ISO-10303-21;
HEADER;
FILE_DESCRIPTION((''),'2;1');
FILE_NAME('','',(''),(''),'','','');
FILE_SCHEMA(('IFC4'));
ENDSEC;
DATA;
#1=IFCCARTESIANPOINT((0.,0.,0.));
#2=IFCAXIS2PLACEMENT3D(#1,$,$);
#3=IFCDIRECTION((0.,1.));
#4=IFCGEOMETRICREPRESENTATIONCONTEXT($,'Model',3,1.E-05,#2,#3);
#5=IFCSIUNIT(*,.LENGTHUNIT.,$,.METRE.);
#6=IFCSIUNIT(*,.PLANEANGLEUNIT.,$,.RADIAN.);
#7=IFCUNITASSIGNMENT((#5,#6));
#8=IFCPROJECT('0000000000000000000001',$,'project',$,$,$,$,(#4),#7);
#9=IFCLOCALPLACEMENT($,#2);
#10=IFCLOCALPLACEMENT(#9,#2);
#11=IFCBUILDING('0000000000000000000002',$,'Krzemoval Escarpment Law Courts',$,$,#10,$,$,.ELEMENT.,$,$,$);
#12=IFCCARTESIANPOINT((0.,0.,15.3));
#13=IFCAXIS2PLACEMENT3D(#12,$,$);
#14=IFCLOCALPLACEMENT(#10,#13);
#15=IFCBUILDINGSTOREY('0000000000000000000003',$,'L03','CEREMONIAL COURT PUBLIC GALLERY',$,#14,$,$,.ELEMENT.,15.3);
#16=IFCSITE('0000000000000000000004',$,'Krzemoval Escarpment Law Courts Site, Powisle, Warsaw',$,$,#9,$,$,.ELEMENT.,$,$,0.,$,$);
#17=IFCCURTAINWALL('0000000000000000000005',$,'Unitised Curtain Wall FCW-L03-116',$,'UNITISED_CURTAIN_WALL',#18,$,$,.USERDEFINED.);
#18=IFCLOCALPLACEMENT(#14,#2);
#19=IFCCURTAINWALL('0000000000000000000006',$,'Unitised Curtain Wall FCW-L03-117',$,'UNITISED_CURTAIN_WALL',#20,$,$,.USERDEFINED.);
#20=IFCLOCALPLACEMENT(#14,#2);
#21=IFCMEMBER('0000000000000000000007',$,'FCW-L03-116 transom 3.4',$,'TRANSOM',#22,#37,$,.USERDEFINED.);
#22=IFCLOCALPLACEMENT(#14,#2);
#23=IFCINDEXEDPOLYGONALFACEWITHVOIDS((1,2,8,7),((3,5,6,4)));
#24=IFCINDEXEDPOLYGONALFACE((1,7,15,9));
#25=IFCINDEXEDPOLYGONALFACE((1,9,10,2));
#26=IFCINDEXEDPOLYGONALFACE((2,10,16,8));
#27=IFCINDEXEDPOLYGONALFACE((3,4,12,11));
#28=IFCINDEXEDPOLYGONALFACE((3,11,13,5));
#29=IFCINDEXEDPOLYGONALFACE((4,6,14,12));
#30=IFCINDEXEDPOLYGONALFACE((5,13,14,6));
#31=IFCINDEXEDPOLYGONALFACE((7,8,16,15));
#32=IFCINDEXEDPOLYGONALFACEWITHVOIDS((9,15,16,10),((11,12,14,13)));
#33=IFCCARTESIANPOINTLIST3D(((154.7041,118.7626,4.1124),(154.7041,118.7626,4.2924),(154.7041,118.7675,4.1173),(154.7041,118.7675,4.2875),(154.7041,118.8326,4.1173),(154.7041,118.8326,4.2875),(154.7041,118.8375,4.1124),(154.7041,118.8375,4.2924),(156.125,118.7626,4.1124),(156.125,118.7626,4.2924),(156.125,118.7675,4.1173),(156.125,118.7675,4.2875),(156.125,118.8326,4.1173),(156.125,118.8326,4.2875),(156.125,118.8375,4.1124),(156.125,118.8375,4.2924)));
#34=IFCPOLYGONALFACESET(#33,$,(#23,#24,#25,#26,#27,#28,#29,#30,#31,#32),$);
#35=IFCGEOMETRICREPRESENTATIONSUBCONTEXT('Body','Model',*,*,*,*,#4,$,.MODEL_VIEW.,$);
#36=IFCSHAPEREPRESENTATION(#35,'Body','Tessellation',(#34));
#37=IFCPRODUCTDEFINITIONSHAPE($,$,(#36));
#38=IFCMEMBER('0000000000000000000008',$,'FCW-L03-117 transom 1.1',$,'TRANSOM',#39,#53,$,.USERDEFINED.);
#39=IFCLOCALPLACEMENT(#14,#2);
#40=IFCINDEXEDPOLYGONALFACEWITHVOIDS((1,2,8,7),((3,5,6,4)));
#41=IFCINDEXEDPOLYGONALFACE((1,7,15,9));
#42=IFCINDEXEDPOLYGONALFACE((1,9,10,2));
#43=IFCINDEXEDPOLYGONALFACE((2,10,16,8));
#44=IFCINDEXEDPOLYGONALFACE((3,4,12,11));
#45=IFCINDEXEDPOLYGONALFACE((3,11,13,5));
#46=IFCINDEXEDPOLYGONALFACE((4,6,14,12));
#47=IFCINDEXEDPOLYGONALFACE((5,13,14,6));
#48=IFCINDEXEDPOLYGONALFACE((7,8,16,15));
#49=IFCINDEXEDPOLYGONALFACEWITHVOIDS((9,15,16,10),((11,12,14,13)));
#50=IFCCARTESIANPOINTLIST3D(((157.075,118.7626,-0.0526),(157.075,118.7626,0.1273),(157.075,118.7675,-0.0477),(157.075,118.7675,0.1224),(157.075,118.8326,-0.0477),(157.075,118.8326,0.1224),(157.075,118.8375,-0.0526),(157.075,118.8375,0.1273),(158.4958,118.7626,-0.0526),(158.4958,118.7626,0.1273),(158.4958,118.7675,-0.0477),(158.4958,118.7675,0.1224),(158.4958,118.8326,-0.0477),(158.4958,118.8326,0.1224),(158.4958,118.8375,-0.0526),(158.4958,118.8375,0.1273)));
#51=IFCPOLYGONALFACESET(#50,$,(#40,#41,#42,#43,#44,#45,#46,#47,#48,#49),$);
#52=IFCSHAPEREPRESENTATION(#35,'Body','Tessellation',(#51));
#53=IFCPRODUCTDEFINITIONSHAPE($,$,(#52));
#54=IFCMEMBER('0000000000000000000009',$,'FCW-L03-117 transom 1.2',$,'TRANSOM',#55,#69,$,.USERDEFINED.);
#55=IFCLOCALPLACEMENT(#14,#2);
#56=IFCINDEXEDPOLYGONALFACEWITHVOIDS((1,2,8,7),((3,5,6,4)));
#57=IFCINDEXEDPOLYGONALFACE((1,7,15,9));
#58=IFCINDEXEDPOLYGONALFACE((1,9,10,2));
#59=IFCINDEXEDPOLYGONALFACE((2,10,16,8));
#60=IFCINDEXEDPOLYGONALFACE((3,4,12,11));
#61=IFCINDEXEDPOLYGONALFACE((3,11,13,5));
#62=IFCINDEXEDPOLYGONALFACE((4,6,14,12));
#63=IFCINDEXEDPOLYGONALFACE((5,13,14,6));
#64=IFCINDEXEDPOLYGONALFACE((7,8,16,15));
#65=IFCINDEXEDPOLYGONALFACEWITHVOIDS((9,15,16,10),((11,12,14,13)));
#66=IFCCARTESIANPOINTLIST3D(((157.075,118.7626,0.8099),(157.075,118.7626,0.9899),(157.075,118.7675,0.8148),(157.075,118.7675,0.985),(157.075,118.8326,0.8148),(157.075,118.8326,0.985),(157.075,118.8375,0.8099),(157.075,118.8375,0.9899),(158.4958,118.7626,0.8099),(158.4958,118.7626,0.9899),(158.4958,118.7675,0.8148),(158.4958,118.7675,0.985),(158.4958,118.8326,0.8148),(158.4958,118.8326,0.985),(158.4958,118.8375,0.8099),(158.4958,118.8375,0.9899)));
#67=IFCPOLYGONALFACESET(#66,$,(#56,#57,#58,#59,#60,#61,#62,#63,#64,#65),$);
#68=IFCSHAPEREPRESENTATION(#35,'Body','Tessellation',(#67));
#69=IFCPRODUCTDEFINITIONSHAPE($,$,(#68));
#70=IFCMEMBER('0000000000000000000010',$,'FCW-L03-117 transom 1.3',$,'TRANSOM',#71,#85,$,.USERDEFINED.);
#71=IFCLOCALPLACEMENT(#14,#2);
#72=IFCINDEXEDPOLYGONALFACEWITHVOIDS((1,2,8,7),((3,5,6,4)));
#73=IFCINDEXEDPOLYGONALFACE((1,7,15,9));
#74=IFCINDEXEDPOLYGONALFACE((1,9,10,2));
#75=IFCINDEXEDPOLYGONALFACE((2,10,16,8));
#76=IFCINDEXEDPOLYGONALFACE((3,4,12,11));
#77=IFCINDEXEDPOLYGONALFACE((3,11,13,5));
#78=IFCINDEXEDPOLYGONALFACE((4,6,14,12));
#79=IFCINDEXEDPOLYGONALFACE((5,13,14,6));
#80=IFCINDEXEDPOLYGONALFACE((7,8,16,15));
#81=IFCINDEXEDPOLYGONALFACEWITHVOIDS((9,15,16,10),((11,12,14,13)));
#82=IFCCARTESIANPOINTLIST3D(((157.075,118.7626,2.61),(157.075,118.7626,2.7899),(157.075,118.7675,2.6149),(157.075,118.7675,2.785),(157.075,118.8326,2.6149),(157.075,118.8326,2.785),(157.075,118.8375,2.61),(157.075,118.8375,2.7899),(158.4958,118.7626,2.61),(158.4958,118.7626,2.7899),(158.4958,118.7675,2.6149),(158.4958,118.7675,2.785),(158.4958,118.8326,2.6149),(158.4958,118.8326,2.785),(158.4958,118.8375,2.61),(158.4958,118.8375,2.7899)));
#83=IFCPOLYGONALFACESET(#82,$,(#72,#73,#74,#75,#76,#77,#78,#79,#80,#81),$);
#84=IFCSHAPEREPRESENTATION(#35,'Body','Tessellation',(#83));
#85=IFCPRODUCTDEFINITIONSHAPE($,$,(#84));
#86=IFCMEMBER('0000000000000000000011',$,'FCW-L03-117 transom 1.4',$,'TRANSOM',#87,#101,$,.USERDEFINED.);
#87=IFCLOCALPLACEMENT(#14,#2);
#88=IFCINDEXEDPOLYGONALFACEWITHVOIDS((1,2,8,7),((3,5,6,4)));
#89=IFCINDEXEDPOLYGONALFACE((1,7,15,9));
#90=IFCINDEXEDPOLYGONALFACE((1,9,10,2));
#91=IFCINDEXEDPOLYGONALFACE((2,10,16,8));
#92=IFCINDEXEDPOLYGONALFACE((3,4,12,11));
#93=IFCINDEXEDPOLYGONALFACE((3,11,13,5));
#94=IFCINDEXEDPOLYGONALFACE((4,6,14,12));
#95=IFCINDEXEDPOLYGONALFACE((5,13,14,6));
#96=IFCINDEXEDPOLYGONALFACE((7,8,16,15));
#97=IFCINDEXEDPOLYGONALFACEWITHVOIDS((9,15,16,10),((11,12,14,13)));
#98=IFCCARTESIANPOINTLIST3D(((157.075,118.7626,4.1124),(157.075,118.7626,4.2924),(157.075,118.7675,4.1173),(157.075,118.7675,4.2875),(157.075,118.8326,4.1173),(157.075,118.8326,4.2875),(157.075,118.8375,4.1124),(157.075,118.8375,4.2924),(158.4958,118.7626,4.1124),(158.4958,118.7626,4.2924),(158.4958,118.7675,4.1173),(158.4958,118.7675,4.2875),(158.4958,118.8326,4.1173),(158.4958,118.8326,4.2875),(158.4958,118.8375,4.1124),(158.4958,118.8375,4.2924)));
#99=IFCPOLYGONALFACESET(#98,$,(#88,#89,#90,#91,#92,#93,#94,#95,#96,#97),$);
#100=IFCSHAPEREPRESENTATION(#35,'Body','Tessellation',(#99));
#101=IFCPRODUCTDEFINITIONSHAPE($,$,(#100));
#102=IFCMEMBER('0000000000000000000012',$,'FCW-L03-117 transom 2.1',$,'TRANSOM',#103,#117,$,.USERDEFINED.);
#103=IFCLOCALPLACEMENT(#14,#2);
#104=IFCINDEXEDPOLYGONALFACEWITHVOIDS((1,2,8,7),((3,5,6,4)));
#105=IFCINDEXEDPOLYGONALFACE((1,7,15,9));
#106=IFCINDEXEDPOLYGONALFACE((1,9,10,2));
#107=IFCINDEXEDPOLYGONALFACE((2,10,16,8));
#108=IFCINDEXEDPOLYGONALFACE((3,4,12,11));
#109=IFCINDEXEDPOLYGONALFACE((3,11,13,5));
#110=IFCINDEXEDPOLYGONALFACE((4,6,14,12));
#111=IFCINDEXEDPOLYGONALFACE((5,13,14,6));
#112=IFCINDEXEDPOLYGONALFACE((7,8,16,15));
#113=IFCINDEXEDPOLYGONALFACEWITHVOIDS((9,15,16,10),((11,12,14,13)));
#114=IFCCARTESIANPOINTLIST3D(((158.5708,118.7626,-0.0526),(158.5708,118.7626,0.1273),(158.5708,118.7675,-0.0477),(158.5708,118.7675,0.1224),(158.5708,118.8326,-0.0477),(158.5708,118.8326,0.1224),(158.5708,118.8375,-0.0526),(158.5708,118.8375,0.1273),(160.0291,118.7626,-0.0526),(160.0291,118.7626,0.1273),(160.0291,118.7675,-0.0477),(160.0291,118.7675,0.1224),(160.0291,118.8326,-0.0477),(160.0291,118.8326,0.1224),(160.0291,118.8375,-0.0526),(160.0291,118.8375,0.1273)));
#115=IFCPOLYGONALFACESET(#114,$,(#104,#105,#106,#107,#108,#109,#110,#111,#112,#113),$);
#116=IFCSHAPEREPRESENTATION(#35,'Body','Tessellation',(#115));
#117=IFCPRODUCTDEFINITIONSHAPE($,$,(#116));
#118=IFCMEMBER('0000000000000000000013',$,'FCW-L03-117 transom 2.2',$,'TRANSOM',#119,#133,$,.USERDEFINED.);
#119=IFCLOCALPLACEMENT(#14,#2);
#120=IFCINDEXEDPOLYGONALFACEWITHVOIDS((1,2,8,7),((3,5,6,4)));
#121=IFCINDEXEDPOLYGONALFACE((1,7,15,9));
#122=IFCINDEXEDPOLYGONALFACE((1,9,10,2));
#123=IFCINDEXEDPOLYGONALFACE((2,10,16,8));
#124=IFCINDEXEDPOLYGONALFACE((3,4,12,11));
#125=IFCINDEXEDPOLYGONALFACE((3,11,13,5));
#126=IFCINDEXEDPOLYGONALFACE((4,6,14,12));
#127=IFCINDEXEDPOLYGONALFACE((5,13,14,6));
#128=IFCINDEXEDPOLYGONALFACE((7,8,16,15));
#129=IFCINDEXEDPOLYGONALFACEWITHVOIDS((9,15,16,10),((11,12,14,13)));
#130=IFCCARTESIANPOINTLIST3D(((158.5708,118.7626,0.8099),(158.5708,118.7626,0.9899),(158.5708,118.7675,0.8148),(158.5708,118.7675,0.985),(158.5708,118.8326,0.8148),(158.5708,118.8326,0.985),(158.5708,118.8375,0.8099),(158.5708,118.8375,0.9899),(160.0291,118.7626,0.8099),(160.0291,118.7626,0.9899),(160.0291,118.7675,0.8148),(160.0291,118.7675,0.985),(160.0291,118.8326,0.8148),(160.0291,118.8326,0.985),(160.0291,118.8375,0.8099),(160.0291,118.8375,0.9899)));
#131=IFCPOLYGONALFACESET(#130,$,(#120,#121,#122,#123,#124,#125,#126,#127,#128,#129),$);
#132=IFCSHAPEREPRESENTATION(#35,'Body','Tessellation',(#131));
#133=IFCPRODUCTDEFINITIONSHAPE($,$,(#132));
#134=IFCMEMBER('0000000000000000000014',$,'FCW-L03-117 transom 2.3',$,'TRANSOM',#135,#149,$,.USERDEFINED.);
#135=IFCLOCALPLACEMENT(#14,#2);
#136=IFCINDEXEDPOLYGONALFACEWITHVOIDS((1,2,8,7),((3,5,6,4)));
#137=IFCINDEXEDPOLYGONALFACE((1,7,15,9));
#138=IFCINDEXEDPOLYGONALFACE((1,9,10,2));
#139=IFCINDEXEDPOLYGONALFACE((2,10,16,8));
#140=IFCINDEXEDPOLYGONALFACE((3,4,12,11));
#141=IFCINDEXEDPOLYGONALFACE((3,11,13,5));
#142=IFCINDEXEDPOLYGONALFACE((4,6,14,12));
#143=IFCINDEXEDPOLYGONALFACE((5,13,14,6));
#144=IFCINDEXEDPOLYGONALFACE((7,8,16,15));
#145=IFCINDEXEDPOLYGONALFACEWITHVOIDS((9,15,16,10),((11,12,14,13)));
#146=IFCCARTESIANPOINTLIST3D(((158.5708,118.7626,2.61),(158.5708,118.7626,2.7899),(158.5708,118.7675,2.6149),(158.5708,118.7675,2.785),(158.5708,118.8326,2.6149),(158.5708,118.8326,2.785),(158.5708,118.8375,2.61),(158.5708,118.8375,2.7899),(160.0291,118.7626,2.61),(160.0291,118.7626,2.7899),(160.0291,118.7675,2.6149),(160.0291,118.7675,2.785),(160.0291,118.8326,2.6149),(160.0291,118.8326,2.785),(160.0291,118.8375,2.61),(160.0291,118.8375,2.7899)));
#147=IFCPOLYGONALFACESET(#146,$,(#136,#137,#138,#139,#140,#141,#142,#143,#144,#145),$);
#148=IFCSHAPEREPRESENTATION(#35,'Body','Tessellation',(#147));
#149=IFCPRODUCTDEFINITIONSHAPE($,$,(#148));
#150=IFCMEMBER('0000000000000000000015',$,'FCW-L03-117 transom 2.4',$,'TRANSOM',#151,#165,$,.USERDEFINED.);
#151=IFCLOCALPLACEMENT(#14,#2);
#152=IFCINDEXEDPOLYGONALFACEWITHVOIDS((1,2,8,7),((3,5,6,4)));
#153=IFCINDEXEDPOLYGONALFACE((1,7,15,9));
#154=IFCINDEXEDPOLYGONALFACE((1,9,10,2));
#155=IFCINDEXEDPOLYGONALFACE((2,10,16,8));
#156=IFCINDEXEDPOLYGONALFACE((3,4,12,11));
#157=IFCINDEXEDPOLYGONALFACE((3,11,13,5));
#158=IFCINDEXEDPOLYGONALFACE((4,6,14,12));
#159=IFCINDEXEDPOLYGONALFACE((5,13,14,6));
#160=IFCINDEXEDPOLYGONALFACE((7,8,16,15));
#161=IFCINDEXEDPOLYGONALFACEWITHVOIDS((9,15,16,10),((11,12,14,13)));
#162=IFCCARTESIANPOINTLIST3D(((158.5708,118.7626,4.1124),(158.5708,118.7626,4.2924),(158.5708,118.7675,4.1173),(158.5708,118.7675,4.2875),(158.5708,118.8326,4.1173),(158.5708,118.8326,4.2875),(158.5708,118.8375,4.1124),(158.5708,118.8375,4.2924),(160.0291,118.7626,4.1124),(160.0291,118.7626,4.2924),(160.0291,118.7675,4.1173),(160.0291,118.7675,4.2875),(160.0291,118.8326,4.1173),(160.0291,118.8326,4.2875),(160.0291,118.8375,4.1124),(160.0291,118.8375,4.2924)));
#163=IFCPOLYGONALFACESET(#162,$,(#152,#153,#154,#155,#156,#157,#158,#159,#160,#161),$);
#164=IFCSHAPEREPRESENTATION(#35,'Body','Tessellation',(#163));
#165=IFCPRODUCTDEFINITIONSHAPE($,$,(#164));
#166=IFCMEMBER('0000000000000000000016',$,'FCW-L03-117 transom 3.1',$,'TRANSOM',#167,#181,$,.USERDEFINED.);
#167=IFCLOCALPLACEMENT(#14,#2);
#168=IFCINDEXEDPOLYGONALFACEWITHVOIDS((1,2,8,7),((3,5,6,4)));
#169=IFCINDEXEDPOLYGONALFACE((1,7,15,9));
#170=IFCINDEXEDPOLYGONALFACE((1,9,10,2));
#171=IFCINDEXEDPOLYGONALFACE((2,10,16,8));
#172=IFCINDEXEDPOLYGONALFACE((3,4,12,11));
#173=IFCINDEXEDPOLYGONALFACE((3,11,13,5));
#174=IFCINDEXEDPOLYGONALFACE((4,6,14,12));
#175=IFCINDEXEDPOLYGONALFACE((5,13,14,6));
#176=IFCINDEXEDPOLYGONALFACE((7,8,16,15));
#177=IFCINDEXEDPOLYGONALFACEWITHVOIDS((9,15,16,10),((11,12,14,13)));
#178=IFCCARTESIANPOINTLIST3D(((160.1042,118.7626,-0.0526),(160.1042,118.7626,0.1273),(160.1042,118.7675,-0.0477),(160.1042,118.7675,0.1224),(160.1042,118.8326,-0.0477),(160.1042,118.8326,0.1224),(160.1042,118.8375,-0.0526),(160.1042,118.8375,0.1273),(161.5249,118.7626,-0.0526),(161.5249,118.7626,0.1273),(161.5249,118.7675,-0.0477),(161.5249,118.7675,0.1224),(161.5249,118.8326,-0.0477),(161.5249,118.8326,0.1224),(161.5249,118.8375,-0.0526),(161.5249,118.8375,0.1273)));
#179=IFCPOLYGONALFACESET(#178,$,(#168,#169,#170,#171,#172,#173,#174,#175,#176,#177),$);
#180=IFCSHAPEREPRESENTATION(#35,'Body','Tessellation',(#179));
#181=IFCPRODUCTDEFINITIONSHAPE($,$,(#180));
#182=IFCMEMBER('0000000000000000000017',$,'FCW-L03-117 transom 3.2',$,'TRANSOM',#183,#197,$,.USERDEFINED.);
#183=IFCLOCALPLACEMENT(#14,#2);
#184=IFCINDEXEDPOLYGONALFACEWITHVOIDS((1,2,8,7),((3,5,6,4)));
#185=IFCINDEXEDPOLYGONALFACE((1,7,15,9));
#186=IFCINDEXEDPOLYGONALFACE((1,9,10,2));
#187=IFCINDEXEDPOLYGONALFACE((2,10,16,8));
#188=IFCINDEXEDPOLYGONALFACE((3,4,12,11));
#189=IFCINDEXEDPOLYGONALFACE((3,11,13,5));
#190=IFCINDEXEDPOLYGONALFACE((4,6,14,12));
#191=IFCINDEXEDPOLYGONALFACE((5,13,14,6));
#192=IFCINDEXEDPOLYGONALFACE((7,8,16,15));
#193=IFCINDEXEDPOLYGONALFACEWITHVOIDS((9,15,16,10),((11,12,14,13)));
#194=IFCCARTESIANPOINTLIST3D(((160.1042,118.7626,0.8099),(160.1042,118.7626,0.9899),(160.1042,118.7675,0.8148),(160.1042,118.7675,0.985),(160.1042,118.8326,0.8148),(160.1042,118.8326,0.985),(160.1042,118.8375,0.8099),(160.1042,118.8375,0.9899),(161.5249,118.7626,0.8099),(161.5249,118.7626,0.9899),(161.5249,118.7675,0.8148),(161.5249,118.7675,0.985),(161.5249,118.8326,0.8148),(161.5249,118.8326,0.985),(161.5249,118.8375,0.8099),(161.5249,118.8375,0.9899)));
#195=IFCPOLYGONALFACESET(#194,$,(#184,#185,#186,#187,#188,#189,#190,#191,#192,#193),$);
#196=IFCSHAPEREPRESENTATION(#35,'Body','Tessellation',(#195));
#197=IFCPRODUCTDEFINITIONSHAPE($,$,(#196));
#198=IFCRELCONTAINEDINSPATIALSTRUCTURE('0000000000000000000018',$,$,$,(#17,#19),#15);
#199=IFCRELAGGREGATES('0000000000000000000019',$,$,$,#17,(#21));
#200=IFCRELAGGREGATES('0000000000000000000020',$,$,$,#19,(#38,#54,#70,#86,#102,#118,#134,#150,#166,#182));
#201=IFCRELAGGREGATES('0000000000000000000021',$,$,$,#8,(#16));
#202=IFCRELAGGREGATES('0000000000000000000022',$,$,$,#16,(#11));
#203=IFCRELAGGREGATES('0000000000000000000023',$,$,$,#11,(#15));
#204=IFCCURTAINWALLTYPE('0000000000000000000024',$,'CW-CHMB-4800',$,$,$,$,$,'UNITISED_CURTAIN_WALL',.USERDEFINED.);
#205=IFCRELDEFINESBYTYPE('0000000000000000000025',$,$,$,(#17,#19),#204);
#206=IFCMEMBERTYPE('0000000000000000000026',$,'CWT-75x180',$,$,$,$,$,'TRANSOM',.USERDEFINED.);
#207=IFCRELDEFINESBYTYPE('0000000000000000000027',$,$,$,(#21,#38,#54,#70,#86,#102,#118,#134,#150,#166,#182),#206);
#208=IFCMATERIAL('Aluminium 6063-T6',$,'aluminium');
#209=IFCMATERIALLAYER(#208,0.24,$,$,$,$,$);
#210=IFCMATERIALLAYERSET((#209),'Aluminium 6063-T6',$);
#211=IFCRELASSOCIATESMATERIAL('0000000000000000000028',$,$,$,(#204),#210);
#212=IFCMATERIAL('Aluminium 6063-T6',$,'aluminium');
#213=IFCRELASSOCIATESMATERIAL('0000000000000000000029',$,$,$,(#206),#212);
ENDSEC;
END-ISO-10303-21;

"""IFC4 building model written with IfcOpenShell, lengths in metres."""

from ifc_helpers import new_model, si_unit, direction, frame, origin, origin_2d, place, context, subcontext, project, spatial, hollow_rectangle, extrude, material, layer, layer_set, material_profile, profile_set, type_object, element, aggregate, save


model = new_model("IFC4")

# Units and contexts
model_context = context("Model", 3, precision=1e-05, world=origin(), true_north=direction((0.0, 1.0)))
body_context = subcontext(model_context, "Body", "Model", "MODEL_VIEW")
ifc_project = project(units=[si_unit("LENGTHUNIT", "METRE"), si_unit("PLANEANGLEUNIT", "RADIAN")], contexts=[model_context])

# Site, building, storey
site_placement = place(None, origin())
site = spatial("IfcSite", under=ifc_project, at=site_placement, Name="Krzemoval Escarpment Law Courts Site, Powisle, Warsaw", CompositionType="ELEMENT", RefElevation=0.0)
building_placement = place(site_placement, origin())
building = spatial("IfcBuilding", under=site, at=building_placement, Name="Krzemoval Escarpment Law Courts", CompositionType="ELEMENT")
storey_placement = place(building_placement, frame((0.0, 0.0, 15.3)))
storey = spatial("IfcBuildingStorey", under=building, at=storey_placement, Name="L03", Description="CEREMONIAL COURT PUBLIC GALLERY", CompositionType="ELEMENT", Elevation=15.3)

# Curtain walls
ifc_material_1 = material(Name="Aluminium 6063-T6", Category="aluminium")
ifc_layer_1 = layer(ifc_material_1, 0.24)
ifc_layer_set_1 = layer_set([ifc_layer_1], Name="Aluminium 6063-T6")
curtain_wall_type = type_object("IfcCurtainWallType", Name="CW-CHMB-4800", ElementType="UNITISED_CURTAIN_WALL", PredefinedType="USERDEFINED", material=ifc_layer_set_1)
curtain_wall_1_placement = place(storey_placement, origin())
curtain_wall_1 = element("IfcCurtainWall", 1, at=curtain_wall_1_placement, inside=storey, type_object=curtain_wall_type, Name="Unitised Curtain Wall FCW-L03-116", ObjectType="UNITISED_CURTAIN_WALL", PredefinedType="USERDEFINED")
curtain_wall_2_placement = place(storey_placement, origin())
curtain_wall_2 = element("IfcCurtainWall", 2, at=curtain_wall_2_placement, inside=storey, type_object=curtain_wall_type, Name="Unitised Curtain Wall FCW-L03-117", ObjectType="UNITISED_CURTAIN_WALL", PredefinedType="USERDEFINED")

# Members
ifc_material_2 = material(Name="Aluminium 6063-T6", Category="aluminium")
ifc_material_profile_1 = material_profile(ifc_material_2, hollow_rectangle(XDim=0.075, YDim=0.1799, WallThickness=0.0049, at=origin_2d()), Name="ALU T75x180")
ifc_profile_set_1 = profile_set([ifc_material_profile_1], Name="Aluminium 6063-T6")
member_type_1 = type_object("IfcMemberType", Name="CWT-75x180", ElementType="TRANSOM", PredefinedType="USERDEFINED", material=ifc_profile_set_1)
member_1_placement = place(storey_placement, frame((154.7041, 118.8, 4.2024), z_axis=(1.0, 0.0, 0.0), x_axis=(0.0, 1.0, 0.0)))
member_1 = element("IfcMember", 3, at=member_1_placement, type_object=member_type_1, Name="FCW-L03-116 transom 3.4", ObjectType="TRANSOM", PredefinedType="USERDEFINED", context=body_context, shape_type="SweptSolid", body=[
    extrude(hollow_rectangle(XDim=0.075, YDim=0.1799, WallThickness=0.0049, at=origin_2d()), origin(), (0.0, 0.0, 1.0), 1.4209),
])
member_2_placement = place(storey_placement, frame((157.075, 118.8, 0.0374), z_axis=(1.0, 0.0, 0.0), x_axis=(0.0, 1.0, 0.0)))
member_2 = element("IfcMember", 4, at=member_2_placement, type_object=member_type_1, Name="FCW-L03-117 transom 1.1", ObjectType="TRANSOM", PredefinedType="USERDEFINED", context=body_context, shape_type="SweptSolid", body=[
    extrude(hollow_rectangle(XDim=0.075, YDim=0.1799, WallThickness=0.0049, at=origin_2d()), origin(), (0.0, 0.0, 1.0), 1.4209),
])
member_3_placement = place(storey_placement, frame((157.075, 118.8, 0.8999), z_axis=(1.0, 0.0, 0.0), x_axis=(0.0, 1.0, 0.0)))
member_3 = element("IfcMember", 5, at=member_3_placement, type_object=member_type_1, Name="FCW-L03-117 transom 1.2", ObjectType="TRANSOM", PredefinedType="USERDEFINED", context=body_context, shape_type="SweptSolid", body=[
    extrude(hollow_rectangle(XDim=0.075, YDim=0.1799, WallThickness=0.0049, at=origin_2d()), origin(), (0.0, 0.0, 1.0), 1.4209),
])
member_4_placement = place(storey_placement, frame((157.075, 118.8, 2.7), z_axis=(1.0, 0.0, 0.0), x_axis=(0.0, 1.0, 0.0)))
member_4 = element("IfcMember", 6, at=member_4_placement, type_object=member_type_1, Name="FCW-L03-117 transom 1.3", ObjectType="TRANSOM", PredefinedType="USERDEFINED", context=body_context, shape_type="SweptSolid", body=[
    extrude(hollow_rectangle(XDim=0.075, YDim=0.1799, WallThickness=0.0049, at=origin_2d()), origin(), (0.0, 0.0, 1.0), 1.4209),
])
member_5_placement = place(storey_placement, frame((157.075, 118.8, 4.2024), z_axis=(1.0, 0.0, 0.0), x_axis=(0.0, 1.0, 0.0)))
member_5 = element("IfcMember", 7, at=member_5_placement, type_object=member_type_1, Name="FCW-L03-117 transom 1.4", ObjectType="TRANSOM", PredefinedType="USERDEFINED", context=body_context, shape_type="SweptSolid", body=[
    extrude(hollow_rectangle(XDim=0.075, YDim=0.1799, WallThickness=0.0049, at=origin_2d()), origin(), (0.0, 0.0, 1.0), 1.4209),
])
member_6_placement = place(storey_placement, frame((158.5708, 118.8, 0.0374), z_axis=(1.0, 0.0, 0.0), x_axis=(0.0, 1.0, 0.0)))
member_6 = element("IfcMember", 8, at=member_6_placement, type_object=member_type_1, Name="FCW-L03-117 transom 2.1", ObjectType="TRANSOM", PredefinedType="USERDEFINED", context=body_context, shape_type="SweptSolid", body=[
    extrude(hollow_rectangle(XDim=0.075, YDim=0.1799, WallThickness=0.0049, at=origin_2d()), origin(), (0.0, 0.0, 1.0), 1.4583),
])
member_7_placement = place(storey_placement, frame((158.5708, 118.8, 0.8999), z_axis=(1.0, 0.0, 0.0), x_axis=(0.0, 1.0, 0.0)))
member_7 = element("IfcMember", 9, at=member_7_placement, type_object=member_type_1, Name="FCW-L03-117 transom 2.2", ObjectType="TRANSOM", PredefinedType="USERDEFINED", context=body_context, shape_type="SweptSolid", body=[
    extrude(hollow_rectangle(XDim=0.075, YDim=0.1799, WallThickness=0.0049, at=origin_2d()), origin(), (0.0, 0.0, 1.0), 1.4583),
])
member_8_placement = place(storey_placement, frame((158.5708, 118.8, 2.7), z_axis=(1.0, 0.0, 0.0), x_axis=(0.0, 1.0, 0.0)))
member_8 = element("IfcMember", 10, at=member_8_placement, type_object=member_type_1, Name="FCW-L03-117 transom 2.3", ObjectType="TRANSOM", PredefinedType="USERDEFINED", context=body_context, shape_type="SweptSolid", body=[
    extrude(hollow_rectangle(XDim=0.075, YDim=0.1799, WallThickness=0.0049, at=origin_2d()), origin(), (0.0, 0.0, 1.0), 1.4583),
])
member_9_placement = place(storey_placement, frame((158.5708, 118.8, 4.2024), z_axis=(1.0, 0.0, 0.0), x_axis=(0.0, 1.0, 0.0)))
member_9 = element("IfcMember", 11, at=member_9_placement, type_object=member_type_1, Name="FCW-L03-117 transom 2.4", ObjectType="TRANSOM", PredefinedType="USERDEFINED", context=body_context, shape_type="SweptSolid", body=[
    extrude(hollow_rectangle(XDim=0.075, YDim=0.1799, WallThickness=0.0049, at=origin_2d()), origin(), (0.0, 0.0, 1.0), 1.4583),
])
member_10_placement = place(storey_placement, frame((160.1042, 118.8, 0.0374), z_axis=(1.0, 0.0, 0.0), x_axis=(0.0, 1.0, 0.0)))
member_10 = element("IfcMember", 12, at=member_10_placement, type_object=member_type_1, Name="FCW-L03-117 transom 3.1", ObjectType="TRANSOM", PredefinedType="USERDEFINED", context=body_context, shape_type="SweptSolid", body=[
    extrude(hollow_rectangle(XDim=0.075, YDim=0.1799, WallThickness=0.0049, at=origin_2d()), origin(), (0.0, 0.0, 1.0), 1.4207),
])
member_11_placement = place(storey_placement, frame((160.1042, 118.8, 0.8999), z_axis=(1.0, 0.0, 0.0), x_axis=(0.0, 1.0, 0.0)))
member_11 = element("IfcMember", 13, at=member_11_placement, type_object=member_type_1, Name="FCW-L03-117 transom 3.2", ObjectType="TRANSOM", PredefinedType="USERDEFINED", context=body_context, shape_type="SweptSolid", body=[
    extrude(hollow_rectangle(XDim=0.075, YDim=0.1799, WallThickness=0.0049, at=origin_2d()), origin(), (0.0, 0.0, 1.0), 1.4207),
])

aggregate(curtain_wall_1, [member_1])
aggregate(curtain_wall_2, [member_2, member_3, member_4, member_5, member_6, member_7, member_8, member_9, member_10, member_11])

save(model, "model.ifc")
